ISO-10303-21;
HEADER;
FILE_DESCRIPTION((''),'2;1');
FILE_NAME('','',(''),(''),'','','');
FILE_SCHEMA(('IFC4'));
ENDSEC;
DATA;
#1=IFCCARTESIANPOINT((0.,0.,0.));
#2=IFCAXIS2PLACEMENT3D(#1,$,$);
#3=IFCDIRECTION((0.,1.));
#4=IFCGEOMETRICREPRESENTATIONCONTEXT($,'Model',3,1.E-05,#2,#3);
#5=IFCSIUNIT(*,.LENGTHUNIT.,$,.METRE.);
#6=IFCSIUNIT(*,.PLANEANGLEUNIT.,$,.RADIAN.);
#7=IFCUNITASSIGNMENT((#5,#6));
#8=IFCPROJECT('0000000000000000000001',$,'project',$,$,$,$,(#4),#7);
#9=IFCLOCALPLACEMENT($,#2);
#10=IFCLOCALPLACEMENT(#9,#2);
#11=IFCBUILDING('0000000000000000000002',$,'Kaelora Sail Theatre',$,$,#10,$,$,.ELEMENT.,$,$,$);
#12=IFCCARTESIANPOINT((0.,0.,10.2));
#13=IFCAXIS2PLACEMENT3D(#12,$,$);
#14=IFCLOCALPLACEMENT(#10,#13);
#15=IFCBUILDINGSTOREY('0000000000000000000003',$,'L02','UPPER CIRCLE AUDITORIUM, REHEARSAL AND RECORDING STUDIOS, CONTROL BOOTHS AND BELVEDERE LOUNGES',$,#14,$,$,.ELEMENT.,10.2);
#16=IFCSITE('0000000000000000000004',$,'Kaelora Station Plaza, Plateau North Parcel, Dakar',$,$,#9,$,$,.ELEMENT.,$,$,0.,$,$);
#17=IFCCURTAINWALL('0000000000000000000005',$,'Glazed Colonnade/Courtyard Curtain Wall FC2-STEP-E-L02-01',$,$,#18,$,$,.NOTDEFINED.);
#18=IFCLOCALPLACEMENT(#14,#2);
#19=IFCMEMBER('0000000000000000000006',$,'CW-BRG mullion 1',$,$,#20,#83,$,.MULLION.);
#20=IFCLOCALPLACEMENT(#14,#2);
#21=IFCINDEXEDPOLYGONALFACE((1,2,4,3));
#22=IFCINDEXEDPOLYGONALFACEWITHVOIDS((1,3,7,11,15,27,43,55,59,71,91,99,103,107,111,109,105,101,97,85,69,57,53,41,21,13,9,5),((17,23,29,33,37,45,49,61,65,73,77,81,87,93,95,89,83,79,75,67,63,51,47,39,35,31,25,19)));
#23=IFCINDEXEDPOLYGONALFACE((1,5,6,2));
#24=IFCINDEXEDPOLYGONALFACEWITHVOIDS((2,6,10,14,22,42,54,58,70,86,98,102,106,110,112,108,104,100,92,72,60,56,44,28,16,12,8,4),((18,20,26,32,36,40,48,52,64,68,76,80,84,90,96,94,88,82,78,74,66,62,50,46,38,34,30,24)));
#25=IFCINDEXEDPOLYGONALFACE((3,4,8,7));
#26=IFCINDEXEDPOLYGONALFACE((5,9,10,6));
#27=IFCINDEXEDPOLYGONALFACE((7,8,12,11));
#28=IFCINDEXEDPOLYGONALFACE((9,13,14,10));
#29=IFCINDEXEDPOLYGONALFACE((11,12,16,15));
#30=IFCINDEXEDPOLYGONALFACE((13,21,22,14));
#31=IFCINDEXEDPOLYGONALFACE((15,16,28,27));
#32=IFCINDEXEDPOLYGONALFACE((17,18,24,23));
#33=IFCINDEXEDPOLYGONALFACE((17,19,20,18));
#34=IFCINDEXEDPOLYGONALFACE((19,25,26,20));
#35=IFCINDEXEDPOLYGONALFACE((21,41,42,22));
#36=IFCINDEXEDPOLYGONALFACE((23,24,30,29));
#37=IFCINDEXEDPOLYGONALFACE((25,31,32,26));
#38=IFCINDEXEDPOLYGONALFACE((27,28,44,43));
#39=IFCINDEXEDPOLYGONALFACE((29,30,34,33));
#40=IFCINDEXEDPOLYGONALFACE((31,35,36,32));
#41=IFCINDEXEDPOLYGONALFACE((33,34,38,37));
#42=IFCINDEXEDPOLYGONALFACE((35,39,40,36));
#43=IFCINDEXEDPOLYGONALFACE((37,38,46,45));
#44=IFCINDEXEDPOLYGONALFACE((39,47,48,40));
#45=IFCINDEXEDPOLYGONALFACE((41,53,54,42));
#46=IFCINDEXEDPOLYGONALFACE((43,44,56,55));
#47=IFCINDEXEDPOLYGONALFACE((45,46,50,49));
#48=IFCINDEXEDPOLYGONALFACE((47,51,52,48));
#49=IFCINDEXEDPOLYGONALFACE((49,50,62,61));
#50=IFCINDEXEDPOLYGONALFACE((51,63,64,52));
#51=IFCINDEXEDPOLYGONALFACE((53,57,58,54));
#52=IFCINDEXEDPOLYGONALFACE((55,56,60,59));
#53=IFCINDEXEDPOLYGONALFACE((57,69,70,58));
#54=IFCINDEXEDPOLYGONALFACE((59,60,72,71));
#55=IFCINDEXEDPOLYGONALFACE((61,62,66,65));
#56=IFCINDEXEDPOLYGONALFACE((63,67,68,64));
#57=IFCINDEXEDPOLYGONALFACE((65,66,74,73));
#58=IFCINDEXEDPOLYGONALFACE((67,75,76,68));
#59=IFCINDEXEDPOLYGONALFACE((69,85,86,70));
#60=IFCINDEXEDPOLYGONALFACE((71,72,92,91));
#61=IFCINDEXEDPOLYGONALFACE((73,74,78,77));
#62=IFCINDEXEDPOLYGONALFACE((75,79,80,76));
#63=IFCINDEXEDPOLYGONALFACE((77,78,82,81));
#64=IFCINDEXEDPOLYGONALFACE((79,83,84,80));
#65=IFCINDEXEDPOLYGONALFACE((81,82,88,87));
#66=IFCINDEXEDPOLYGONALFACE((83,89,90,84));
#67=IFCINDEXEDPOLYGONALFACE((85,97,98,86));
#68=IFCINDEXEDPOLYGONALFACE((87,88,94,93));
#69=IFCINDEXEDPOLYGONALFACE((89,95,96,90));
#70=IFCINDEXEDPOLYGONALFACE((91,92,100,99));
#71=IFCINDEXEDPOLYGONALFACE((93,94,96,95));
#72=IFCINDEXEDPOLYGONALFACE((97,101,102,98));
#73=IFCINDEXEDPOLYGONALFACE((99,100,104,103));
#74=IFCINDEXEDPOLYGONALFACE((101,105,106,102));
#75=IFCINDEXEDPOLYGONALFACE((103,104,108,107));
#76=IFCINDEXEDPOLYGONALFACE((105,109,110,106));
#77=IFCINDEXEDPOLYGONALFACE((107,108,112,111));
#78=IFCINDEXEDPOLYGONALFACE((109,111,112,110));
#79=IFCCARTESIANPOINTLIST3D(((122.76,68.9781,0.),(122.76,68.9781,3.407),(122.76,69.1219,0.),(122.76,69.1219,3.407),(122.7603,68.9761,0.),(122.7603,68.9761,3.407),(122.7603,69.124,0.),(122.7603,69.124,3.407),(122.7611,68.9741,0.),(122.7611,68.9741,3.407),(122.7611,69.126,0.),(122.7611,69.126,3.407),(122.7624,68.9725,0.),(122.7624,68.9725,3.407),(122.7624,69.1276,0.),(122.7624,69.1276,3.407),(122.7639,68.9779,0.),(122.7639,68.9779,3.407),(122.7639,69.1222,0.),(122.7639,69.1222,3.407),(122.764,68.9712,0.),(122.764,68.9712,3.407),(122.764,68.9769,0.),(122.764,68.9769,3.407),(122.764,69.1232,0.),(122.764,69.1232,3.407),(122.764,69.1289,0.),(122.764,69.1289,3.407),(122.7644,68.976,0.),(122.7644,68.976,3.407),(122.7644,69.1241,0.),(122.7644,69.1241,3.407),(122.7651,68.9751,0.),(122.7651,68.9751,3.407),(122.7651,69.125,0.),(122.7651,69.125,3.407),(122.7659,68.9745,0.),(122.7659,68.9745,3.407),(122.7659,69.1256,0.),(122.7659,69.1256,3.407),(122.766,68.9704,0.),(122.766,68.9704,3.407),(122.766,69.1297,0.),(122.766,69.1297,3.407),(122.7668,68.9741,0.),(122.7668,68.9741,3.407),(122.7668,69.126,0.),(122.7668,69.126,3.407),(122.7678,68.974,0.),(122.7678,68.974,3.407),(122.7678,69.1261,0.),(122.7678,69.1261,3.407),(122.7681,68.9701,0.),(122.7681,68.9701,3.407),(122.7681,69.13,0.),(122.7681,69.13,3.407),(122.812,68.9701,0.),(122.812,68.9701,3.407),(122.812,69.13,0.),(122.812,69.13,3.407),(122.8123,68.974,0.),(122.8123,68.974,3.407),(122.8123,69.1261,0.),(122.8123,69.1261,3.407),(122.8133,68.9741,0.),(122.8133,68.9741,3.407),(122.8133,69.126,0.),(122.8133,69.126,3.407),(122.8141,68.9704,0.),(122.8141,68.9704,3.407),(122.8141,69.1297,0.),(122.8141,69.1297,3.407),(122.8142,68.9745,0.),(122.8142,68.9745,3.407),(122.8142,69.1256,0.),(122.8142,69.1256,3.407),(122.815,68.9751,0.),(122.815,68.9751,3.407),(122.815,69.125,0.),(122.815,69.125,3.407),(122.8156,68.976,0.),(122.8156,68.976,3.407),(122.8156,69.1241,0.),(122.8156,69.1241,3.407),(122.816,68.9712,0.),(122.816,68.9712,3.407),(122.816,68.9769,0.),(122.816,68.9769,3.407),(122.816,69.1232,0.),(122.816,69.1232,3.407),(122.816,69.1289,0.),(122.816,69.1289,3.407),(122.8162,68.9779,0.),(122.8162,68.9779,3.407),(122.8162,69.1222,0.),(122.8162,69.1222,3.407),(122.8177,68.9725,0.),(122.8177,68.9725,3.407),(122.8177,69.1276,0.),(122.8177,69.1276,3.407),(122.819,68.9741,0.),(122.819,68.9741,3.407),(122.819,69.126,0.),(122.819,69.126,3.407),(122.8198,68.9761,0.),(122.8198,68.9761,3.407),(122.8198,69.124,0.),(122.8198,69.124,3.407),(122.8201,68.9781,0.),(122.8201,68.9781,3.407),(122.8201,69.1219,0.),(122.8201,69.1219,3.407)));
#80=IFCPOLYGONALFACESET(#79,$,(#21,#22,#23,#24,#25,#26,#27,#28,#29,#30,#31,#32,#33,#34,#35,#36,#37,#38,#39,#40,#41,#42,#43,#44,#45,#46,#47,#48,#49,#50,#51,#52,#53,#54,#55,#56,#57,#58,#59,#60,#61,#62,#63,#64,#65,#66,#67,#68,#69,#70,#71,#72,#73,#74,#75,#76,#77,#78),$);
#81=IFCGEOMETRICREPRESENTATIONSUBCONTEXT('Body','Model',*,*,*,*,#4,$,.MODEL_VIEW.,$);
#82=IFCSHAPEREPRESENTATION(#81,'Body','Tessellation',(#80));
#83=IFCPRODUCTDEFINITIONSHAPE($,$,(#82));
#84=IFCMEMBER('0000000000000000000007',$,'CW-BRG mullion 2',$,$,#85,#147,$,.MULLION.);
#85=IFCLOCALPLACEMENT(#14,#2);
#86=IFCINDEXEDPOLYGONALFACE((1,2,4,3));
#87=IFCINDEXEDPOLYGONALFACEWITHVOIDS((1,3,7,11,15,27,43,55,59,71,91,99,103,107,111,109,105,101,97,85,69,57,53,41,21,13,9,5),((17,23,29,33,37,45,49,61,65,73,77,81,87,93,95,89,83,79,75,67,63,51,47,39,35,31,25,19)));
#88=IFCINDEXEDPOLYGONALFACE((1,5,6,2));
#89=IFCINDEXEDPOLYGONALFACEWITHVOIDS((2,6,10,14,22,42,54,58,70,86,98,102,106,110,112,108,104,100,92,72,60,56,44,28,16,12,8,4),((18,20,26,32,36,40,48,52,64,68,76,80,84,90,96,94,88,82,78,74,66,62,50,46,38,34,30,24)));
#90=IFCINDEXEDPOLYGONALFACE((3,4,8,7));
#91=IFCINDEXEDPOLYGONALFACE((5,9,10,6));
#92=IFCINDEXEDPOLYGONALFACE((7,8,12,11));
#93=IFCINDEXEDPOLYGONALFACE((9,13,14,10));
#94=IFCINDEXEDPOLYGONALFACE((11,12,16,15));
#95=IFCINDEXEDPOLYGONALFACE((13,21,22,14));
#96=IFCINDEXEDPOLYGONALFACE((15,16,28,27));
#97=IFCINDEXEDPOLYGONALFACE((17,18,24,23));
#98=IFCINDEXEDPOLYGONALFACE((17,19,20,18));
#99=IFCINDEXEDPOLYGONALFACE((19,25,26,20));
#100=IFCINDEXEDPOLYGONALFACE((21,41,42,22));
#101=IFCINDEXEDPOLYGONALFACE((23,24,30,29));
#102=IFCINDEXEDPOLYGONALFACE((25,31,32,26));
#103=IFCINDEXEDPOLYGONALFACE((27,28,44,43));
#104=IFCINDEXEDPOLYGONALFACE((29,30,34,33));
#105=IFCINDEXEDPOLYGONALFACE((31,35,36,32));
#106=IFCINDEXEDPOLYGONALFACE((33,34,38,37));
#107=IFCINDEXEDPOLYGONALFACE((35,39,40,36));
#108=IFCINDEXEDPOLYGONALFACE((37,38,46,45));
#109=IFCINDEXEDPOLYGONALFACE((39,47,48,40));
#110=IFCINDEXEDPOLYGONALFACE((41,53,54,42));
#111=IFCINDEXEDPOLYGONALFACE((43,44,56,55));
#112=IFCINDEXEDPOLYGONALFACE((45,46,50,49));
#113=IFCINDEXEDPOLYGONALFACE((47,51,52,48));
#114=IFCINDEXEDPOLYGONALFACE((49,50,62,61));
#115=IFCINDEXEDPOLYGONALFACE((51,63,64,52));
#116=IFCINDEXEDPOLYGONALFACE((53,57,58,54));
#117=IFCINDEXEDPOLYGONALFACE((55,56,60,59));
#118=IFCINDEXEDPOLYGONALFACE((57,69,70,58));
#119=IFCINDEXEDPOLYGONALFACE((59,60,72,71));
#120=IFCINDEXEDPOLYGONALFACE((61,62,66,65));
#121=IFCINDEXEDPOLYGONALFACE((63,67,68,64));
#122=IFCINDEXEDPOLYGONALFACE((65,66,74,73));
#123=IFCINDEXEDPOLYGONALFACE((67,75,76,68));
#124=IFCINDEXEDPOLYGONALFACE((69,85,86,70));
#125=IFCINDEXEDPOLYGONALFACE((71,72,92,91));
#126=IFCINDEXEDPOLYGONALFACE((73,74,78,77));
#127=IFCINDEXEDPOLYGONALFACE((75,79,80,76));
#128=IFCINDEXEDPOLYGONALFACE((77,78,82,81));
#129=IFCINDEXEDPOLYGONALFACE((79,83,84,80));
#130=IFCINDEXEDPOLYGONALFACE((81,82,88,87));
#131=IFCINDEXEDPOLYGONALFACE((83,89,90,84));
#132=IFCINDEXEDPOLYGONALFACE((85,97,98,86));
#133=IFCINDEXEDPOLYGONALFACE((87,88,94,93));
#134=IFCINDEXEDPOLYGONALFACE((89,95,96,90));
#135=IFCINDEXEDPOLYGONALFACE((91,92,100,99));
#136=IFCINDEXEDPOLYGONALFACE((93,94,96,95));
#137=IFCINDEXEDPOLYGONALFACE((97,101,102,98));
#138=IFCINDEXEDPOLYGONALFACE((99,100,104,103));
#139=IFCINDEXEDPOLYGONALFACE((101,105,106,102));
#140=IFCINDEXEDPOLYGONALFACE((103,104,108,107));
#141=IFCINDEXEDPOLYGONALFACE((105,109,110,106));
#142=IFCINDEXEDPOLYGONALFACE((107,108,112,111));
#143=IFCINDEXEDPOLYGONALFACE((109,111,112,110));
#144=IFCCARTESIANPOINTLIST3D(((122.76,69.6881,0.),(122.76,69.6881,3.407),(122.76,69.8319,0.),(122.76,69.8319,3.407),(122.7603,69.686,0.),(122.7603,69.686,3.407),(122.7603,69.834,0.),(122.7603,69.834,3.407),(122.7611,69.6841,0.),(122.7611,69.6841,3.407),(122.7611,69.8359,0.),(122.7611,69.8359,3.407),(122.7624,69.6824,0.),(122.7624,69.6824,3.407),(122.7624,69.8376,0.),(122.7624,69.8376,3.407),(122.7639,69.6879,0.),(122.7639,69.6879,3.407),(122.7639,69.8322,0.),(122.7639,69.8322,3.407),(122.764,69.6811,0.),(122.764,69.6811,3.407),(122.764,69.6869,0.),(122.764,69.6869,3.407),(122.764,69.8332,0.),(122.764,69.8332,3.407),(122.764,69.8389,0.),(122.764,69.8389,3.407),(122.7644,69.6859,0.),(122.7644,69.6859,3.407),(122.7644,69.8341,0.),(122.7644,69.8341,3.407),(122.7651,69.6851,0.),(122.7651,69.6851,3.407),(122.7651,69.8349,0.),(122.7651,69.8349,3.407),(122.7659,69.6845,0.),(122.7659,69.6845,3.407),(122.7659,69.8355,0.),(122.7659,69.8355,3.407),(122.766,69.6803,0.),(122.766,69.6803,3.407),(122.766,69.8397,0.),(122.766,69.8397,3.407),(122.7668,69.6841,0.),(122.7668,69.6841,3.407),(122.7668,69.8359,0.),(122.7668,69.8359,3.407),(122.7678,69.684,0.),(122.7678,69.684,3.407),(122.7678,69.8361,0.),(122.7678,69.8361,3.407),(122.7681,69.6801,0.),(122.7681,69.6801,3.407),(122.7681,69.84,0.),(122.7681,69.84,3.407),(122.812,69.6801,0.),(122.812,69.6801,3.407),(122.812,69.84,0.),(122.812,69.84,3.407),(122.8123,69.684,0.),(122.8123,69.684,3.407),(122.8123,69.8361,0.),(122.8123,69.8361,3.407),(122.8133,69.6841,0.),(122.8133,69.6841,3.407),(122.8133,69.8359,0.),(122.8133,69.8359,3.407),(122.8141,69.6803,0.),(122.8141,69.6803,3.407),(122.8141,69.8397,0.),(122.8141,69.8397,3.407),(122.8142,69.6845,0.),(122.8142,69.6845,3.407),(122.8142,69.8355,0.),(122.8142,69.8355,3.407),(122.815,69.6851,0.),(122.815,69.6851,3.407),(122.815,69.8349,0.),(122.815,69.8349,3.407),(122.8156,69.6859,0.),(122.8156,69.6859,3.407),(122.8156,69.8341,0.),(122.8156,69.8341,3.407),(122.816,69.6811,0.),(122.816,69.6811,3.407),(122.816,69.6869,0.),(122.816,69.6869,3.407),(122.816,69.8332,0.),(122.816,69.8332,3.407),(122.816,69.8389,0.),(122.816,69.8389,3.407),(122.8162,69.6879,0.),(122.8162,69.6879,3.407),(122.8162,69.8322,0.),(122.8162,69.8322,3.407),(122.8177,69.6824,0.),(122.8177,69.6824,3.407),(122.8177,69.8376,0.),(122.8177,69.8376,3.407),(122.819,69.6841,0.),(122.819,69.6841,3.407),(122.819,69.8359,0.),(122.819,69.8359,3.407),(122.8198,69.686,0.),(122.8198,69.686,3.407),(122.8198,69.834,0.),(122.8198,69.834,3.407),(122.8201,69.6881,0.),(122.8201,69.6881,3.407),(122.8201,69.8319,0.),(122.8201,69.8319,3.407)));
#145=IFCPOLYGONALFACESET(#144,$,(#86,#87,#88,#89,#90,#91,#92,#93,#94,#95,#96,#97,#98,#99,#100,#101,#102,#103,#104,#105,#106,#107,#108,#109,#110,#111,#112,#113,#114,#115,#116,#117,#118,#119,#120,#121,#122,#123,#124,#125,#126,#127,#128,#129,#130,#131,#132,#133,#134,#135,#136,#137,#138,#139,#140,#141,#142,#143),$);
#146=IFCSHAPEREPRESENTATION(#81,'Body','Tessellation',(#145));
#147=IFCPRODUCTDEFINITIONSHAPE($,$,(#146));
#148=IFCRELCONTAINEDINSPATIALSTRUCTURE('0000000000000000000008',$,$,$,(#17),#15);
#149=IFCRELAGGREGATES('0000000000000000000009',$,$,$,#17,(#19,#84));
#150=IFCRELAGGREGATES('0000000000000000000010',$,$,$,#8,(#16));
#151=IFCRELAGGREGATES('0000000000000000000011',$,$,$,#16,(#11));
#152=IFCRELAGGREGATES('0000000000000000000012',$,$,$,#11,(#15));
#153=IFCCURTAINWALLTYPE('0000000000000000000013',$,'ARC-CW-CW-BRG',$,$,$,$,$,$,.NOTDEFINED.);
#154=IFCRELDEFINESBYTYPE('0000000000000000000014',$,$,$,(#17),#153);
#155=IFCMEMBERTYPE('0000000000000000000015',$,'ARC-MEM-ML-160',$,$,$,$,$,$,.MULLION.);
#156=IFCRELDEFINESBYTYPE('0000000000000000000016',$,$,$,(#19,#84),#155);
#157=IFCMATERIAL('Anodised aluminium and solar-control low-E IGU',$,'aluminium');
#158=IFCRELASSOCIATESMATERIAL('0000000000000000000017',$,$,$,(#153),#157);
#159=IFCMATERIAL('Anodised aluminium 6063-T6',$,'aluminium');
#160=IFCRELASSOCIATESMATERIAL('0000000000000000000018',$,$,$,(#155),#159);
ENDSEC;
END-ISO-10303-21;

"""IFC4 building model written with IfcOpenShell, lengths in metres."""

from ifc_helpers import new_model, si_unit, direction, frame, origin, origin_2d, place, context, subcontext, project, spatial, hollow_rectangle, extrude, material, material_profile, profile_set, type_object, element, aggregate, save


model = new_model("IFC4")

# Units and contexts
model_context = context("Model", 3, precision=1e-05, world=origin(), true_north=direction((0.0, 1.0)))
body_context = subcontext(model_context, "Body", "Model", "MODEL_VIEW")
ifc_project = project(units=[si_unit("LENGTHUNIT", "METRE"), si_unit("PLANEANGLEUNIT", "RADIAN")], contexts=[model_context])

# Site, building, storey
site_placement = place(None, origin())
site = spatial("IfcSite", under=ifc_project, at=site_placement, Name="Kaelora Station Plaza, Plateau North Parcel, Dakar", CompositionType="ELEMENT", RefElevation=0.0)
building_placement = place(site_placement, origin())
building = spatial("IfcBuilding", under=site, at=building_placement, Name="Kaelora Sail Theatre", CompositionType="ELEMENT")
storey_placement = place(building_placement, frame((0.0, 0.0, 10.2)))
storey = spatial("IfcBuildingStorey", under=building, at=storey_placement, Name="L02", Description="UPPER CIRCLE AUDITORIUM, REHEARSAL AND RECORDING STUDIOS, CONTROL BOOTHS AND BELVEDERE LOUNGES", CompositionType="ELEMENT", Elevation=10.2)

# Curtain wall, members
ifc_material_1 = material(Name="Anodised aluminium and solar-control low-E IGU", Category="aluminium")
curtain_wall_type = type_object("IfcCurtainWallType", Name="ARC-CW-CW-BRG", PredefinedType="NOTDEFINED", material=ifc_material_1)
ifc_material_2 = material(Name="Anodised aluminium 6063-T6", Category="aluminium")
ifc_material_profile_1 = material_profile(ifc_material_2, hollow_rectangle(XDim=0.0601, YDim=0.1599, WallThickness=0.0039, InnerFilletRadius=0.0039, OuterFilletRadius=0.0081, at=origin_2d()), Name="ALU-MULL 60x160x4")
ifc_profile_set_1 = profile_set([ifc_material_profile_1], Name="Anodised aluminium 6063-T6")
member_type_1 = type_object("IfcMemberType", Name="ARC-MEM-ML-160", PredefinedType="MULLION", material=ifc_profile_set_1)
curtain_wall_1_placement = place(storey_placement, origin())
curtain_wall_1 = element("IfcCurtainWall", 1, at=curtain_wall_1_placement, inside=storey, type_object=curtain_wall_type, Name="Glazed Colonnade/Courtyard Curtain Wall FC2-STEP-E-L02-01", PredefinedType="NOTDEFINED")
member_1_placement = place(storey_placement, frame((122.79, 69.05, 0.0), z_axis=(0.0, 0.0, 1.0), x_axis=(-1.0, 0.0, 0.0)))
member_1 = element("IfcMember", 2, at=member_1_placement, type_object=member_type_1, Name="CW-BRG mullion 1", PredefinedType="MULLION", context=body_context, shape_type="SweptSolid", body=[
    extrude(hollow_rectangle(XDim=0.0601, YDim=0.1599, WallThickness=0.0039, InnerFilletRadius=0.0039, OuterFilletRadius=0.0081, at=origin_2d()), origin(), (0.0, 0.0, 1.0), 3.407),
])
member_2_placement = place(storey_placement, frame((122.79, 69.76, 0.0), z_axis=(0.0, 0.0, 1.0), x_axis=(-1.0, 0.0, 0.0)))
member_2 = element("IfcMember", 3, at=member_2_placement, type_object=member_type_1, Name="CW-BRG mullion 2", PredefinedType="MULLION", context=body_context, shape_type="SweptSolid", body=[
    extrude(hollow_rectangle(XDim=0.0601, YDim=0.1599, WallThickness=0.0039, InnerFilletRadius=0.0039, OuterFilletRadius=0.0081, at=origin_2d()), origin(), (0.0, 0.0, 1.0), 3.407),
])

aggregate(curtain_wall_1, [member_1, member_2])

save(model, "model.ifc")
